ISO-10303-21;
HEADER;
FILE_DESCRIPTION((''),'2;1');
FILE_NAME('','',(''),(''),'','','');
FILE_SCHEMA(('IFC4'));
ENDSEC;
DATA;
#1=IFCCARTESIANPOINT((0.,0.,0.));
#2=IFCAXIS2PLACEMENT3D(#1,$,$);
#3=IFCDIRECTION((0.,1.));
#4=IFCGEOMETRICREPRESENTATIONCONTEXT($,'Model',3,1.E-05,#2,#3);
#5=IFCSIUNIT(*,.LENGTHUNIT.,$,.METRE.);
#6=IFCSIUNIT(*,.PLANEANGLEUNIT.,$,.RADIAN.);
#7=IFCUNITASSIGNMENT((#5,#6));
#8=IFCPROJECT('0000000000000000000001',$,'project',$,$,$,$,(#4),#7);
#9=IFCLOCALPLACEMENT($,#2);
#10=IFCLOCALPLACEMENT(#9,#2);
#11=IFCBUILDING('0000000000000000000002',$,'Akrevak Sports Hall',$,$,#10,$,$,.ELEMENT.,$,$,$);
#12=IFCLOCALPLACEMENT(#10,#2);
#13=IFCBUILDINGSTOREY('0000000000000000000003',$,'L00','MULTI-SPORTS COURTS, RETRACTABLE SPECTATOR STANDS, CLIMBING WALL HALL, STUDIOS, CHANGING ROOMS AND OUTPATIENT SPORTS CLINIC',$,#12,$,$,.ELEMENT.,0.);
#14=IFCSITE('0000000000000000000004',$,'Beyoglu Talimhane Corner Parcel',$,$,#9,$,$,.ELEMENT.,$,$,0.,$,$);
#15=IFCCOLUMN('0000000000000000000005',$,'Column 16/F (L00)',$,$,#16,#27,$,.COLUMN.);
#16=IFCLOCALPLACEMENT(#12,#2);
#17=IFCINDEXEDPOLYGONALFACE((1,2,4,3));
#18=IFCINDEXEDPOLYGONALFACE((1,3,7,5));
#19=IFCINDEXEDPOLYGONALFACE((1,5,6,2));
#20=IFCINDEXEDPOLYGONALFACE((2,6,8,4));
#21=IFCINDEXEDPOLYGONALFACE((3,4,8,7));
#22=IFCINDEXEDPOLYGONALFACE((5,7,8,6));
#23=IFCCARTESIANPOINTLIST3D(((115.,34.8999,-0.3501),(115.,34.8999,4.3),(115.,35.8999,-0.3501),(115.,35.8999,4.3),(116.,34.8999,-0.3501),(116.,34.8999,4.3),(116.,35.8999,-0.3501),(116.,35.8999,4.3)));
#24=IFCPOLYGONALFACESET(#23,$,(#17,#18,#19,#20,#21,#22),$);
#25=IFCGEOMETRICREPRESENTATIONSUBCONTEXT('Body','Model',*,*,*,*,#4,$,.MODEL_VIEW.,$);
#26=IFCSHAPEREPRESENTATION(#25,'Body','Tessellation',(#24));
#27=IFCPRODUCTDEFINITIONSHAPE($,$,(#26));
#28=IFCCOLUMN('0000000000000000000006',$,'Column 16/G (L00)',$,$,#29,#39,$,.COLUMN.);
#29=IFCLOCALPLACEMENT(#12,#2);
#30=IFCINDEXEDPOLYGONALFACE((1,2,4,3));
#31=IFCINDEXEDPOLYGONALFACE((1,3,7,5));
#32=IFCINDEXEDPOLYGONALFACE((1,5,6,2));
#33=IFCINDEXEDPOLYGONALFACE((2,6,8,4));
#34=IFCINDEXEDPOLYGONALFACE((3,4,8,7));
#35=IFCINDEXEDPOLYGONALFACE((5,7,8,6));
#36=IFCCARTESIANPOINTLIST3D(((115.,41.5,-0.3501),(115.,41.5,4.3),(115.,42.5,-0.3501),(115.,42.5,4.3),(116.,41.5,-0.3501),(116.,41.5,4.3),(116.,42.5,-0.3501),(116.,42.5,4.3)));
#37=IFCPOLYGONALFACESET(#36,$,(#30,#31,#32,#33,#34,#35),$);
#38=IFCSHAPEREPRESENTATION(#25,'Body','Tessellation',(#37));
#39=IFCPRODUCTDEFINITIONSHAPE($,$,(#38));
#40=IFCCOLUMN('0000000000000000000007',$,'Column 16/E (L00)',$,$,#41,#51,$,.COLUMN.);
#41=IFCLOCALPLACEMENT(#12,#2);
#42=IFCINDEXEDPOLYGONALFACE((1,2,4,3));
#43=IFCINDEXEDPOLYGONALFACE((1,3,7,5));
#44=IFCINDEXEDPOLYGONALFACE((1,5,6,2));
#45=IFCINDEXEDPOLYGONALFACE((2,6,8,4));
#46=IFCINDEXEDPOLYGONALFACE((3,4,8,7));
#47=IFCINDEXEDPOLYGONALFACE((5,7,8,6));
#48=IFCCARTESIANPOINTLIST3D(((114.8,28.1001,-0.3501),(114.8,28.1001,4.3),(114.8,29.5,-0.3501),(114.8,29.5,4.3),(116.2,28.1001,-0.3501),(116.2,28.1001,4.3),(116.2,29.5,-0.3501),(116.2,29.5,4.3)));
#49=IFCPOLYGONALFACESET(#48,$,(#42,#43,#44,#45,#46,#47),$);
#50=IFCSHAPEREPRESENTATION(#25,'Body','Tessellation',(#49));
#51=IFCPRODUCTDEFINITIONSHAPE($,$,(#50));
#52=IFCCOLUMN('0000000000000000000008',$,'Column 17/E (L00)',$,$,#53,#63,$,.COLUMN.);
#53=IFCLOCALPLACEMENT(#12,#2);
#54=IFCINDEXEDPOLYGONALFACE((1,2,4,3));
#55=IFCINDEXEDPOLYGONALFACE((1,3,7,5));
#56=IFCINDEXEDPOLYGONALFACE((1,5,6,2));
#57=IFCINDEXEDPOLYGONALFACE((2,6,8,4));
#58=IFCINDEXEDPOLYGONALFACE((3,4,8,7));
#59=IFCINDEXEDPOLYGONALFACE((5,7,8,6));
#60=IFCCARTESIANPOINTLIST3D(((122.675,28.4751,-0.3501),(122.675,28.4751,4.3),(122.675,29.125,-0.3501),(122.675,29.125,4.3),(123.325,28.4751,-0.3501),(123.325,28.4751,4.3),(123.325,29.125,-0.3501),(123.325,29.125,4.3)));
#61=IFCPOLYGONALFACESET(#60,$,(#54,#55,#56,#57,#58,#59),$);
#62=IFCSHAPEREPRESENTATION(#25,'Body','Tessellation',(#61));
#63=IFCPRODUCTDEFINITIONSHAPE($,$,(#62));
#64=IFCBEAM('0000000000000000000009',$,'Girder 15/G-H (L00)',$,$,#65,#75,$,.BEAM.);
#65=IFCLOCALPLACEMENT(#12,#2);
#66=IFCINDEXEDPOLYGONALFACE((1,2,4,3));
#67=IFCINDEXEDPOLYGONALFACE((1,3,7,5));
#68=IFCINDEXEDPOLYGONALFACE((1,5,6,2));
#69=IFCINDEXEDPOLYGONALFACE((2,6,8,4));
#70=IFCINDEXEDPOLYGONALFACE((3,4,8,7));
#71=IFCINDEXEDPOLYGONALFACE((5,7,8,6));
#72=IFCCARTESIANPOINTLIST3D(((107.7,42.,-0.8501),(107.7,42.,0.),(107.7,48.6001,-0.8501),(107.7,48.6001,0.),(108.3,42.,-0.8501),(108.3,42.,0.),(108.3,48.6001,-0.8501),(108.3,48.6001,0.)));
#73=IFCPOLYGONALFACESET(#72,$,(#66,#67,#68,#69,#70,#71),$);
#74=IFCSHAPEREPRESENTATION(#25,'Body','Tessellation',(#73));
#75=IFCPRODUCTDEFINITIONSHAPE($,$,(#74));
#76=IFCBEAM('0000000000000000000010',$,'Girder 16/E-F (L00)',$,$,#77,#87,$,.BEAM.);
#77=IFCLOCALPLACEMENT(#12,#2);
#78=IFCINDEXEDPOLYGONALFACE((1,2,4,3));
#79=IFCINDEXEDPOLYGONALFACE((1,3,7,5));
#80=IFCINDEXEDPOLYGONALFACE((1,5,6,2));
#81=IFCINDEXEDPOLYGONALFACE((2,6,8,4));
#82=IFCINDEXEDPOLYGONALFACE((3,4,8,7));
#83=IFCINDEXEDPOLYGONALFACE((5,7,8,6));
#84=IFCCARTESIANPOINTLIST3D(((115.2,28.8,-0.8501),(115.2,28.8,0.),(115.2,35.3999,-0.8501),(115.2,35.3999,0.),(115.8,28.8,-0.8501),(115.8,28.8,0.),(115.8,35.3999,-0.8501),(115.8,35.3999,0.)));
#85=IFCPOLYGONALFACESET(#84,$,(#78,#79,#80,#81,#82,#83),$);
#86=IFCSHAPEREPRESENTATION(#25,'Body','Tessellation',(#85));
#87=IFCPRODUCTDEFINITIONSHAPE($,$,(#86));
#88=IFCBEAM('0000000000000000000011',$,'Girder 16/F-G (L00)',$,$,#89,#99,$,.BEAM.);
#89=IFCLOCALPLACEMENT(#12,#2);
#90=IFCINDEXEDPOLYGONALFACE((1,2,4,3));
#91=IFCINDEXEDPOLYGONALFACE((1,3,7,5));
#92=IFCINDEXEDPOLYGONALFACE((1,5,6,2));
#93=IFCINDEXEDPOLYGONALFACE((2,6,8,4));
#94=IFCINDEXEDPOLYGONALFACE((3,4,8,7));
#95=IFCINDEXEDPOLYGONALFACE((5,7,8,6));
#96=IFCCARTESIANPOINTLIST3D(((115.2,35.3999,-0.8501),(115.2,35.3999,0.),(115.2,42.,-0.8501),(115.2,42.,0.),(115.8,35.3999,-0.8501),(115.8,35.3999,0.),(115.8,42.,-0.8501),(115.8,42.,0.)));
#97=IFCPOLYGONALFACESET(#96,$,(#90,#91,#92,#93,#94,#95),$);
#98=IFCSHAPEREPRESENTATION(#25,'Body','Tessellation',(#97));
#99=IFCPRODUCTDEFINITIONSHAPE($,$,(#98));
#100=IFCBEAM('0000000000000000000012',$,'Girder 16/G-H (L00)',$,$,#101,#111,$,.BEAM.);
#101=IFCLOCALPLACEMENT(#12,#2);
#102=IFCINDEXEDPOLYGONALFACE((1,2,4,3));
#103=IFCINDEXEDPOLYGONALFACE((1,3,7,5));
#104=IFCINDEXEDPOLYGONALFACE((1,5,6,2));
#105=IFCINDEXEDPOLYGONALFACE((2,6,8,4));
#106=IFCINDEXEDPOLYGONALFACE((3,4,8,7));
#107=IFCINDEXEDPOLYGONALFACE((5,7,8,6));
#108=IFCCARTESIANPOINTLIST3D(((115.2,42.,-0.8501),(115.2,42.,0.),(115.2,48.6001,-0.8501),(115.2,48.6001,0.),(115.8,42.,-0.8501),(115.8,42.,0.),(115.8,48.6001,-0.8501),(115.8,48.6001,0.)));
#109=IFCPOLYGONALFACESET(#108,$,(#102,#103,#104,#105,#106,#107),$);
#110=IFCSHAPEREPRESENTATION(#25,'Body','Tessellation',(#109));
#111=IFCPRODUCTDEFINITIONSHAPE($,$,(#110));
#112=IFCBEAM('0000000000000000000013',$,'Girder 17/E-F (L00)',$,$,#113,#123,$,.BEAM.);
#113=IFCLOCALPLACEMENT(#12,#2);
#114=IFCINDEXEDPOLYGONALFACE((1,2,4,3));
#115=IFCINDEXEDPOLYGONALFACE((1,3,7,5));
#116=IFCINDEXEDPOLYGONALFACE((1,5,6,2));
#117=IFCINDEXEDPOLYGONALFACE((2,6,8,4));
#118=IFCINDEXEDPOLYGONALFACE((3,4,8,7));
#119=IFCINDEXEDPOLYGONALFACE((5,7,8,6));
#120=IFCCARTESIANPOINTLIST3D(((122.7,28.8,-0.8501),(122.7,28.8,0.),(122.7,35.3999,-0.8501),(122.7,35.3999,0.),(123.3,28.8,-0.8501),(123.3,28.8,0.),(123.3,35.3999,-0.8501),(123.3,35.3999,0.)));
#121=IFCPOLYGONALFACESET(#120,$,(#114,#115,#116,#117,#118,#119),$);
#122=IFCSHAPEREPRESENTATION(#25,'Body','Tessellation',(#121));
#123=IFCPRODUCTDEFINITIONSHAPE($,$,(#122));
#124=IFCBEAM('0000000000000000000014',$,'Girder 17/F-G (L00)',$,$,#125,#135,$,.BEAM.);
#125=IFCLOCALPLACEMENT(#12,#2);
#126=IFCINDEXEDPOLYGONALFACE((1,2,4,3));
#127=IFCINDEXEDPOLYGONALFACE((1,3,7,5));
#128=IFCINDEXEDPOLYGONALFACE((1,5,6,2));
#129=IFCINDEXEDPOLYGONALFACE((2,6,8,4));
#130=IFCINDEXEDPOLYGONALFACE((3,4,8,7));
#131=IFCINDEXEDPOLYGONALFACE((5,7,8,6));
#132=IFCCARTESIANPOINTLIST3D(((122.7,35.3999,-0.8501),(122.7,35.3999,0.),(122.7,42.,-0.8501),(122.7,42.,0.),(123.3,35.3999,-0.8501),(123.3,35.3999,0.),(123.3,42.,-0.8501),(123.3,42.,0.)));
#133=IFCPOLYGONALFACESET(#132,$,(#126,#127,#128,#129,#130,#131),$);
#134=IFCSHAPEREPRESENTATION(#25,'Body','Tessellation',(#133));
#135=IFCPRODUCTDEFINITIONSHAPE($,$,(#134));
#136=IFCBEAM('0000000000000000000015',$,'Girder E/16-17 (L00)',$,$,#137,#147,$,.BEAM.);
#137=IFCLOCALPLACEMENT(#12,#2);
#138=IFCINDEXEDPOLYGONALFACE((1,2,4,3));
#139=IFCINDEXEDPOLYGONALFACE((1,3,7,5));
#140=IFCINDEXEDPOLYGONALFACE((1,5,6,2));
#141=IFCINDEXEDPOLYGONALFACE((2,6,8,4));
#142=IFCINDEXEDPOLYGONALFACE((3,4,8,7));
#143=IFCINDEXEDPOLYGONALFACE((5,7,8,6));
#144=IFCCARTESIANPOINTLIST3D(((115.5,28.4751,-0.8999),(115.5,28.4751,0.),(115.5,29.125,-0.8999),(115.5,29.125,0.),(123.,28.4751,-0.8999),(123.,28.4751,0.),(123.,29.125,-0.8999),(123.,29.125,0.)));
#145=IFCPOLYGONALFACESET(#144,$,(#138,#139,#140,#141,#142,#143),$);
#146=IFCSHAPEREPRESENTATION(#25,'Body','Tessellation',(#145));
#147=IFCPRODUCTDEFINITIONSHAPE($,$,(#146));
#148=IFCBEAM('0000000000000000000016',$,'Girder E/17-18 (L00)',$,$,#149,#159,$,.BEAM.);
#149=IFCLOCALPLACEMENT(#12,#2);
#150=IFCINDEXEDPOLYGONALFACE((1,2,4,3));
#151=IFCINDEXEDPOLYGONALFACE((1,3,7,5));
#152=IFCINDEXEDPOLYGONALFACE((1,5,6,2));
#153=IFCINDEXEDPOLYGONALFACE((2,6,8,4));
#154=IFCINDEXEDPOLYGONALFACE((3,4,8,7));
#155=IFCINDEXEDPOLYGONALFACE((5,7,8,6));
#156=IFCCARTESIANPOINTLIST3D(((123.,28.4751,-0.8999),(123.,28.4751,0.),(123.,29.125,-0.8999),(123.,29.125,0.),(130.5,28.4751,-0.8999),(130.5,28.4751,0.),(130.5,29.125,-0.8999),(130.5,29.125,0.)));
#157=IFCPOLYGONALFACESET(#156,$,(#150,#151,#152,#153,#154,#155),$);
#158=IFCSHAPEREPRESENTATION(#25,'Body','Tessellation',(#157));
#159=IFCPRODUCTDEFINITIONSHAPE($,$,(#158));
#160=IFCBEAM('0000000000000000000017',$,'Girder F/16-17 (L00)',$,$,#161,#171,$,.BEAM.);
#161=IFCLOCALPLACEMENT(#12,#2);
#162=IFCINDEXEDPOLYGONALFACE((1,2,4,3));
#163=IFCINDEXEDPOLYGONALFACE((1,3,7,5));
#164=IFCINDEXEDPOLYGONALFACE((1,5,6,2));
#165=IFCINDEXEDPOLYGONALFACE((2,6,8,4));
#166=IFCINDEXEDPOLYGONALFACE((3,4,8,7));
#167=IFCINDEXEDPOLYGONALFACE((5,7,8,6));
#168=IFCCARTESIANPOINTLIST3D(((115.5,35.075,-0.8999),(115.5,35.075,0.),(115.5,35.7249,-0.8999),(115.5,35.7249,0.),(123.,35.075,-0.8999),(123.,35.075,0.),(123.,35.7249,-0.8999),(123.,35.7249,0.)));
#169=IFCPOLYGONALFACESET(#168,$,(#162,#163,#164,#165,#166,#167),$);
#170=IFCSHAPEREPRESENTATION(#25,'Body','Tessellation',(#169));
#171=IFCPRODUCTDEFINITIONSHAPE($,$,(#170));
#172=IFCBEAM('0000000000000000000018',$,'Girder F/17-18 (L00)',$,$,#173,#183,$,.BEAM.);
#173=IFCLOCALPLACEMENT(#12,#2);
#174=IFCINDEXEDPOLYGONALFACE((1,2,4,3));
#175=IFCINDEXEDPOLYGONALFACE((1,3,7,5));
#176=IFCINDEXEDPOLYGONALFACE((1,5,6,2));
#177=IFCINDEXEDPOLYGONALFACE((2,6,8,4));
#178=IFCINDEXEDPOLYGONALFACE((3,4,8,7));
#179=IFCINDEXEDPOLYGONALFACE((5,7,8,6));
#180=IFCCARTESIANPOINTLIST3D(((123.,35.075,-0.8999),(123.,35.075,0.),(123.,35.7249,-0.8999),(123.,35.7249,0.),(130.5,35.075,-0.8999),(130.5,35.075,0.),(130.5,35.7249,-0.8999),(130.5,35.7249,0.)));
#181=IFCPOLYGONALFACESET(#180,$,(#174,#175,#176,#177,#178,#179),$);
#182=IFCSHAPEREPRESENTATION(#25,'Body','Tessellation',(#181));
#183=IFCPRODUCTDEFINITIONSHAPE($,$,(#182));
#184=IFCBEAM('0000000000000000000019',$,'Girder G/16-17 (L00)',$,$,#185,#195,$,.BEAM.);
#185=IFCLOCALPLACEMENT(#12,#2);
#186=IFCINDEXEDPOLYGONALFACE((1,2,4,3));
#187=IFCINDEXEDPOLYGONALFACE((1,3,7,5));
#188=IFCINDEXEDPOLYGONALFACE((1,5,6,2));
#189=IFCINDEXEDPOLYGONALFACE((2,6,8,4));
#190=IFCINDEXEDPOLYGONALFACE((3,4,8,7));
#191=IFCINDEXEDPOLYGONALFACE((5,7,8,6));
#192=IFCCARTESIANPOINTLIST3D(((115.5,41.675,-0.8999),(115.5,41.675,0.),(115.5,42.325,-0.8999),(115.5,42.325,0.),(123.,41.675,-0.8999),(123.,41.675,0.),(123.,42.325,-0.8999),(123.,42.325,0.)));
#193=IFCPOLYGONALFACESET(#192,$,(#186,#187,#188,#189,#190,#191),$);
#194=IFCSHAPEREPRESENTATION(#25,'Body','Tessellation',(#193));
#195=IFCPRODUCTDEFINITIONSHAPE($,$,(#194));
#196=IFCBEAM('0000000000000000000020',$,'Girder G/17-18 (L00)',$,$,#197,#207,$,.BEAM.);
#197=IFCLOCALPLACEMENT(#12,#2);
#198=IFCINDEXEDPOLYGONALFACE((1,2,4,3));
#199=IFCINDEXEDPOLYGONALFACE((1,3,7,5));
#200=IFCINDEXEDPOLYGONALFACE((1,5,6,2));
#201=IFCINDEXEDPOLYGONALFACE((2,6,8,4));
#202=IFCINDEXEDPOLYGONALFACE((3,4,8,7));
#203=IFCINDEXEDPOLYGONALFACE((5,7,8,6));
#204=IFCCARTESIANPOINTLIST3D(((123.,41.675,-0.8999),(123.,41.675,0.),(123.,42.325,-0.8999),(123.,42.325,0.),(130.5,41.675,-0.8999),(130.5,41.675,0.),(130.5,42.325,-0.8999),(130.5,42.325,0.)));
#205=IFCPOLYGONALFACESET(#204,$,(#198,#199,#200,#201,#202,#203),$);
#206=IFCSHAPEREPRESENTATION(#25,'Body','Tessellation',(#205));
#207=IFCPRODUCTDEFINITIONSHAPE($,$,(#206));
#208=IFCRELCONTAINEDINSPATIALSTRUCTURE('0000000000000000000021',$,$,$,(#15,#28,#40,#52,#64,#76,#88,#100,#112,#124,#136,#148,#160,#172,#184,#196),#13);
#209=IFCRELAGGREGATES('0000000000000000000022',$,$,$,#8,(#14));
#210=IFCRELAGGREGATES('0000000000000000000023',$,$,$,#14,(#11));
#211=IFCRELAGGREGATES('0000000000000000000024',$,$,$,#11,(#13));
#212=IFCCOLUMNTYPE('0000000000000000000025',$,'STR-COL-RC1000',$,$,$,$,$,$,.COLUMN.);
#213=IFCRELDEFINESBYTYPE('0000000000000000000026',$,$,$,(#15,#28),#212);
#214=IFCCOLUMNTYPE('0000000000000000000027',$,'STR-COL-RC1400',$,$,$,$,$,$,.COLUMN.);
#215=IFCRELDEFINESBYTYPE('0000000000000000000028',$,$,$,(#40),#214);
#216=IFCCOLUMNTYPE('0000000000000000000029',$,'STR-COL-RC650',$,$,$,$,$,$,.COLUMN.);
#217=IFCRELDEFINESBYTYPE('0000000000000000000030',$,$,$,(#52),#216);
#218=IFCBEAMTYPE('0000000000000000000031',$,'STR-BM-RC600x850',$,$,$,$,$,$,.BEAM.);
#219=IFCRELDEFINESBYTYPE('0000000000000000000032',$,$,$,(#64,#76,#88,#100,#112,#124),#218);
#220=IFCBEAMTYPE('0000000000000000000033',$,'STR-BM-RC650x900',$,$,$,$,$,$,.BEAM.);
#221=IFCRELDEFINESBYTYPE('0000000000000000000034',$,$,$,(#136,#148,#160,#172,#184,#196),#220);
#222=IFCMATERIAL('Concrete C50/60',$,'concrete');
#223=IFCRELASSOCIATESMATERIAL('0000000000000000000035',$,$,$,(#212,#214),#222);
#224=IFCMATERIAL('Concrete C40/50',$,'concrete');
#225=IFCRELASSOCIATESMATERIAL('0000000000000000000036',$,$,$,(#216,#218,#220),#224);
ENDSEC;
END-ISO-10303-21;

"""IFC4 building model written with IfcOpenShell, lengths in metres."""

from ifc_helpers import new_model, si_unit, direction, frame, origin, origin_2d, place, context, subcontext, project, spatial, rectangle, extrude, material, material_profile, profile_set, type_object, element, save


model = new_model("IFC4")

# Units and contexts
model_context = context("Model", 3, precision=1e-05, world=origin(), true_north=direction((0.0, 1.0)))
body_context = subcontext(model_context, "Body", "Model", "MODEL_VIEW")
ifc_project = project(units=[si_unit("LENGTHUNIT", "METRE"), si_unit("PLANEANGLEUNIT", "RADIAN")], contexts=[model_context])

# Site, building, storey
site_placement = place(None, origin())
site = spatial("IfcSite", under=ifc_project, at=site_placement, Name="Beyoglu Talimhane Corner Parcel", CompositionType="ELEMENT", RefElevation=0.0)
building_placement = place(site_placement, origin())
building = spatial("IfcBuilding", under=site, at=building_placement, Name="Akrevak Sports Hall", CompositionType="ELEMENT")
storey_placement = place(building_placement, origin())
storey = spatial("IfcBuildingStorey", under=building, at=storey_placement, Name="L00", Description="MULTI-SPORTS COURTS, RETRACTABLE SPECTATOR STANDS, CLIMBING WALL HALL, STUDIOS, CHANGING ROOMS AND OUTPATIENT SPORTS CLINIC", CompositionType="ELEMENT", Elevation=0.0)

# Columns
ifc_material_1 = material(Name="Concrete C50/60", Category="concrete")
ifc_material_profile_1 = material_profile(ifc_material_1, rectangle(XDim=1.0, YDim=1.0, at=origin_2d()), Name="RC 1000x1000", Category="concrete")
ifc_profile_set_1 = profile_set([ifc_material_profile_1], Name="Concrete C50/60")
column_type_1 = type_object("IfcColumnType", Name="STR-COL-RC1000", PredefinedType="COLUMN", material=ifc_profile_set_1)
for number, where, z_axis, x_axis, name in (
    (1, (115.5, 35.3999, -0.3501), (0.0, 0.0, 1.0), (1.0, 0.0, 0.0), "Column 16/F (L00)"),
    (2, (115.5, 42.0, -0.3501), (0.0, 0.0, 1.0), (1.0, 0.0, 0.0), "Column 16/G (L00)"),
):
    element("IfcColumn", number, at=place(storey_placement, frame(where, z_axis=z_axis, x_axis=x_axis)), inside=storey, type_object=column_type_1, Name=name, PredefinedType="COLUMN", context=body_context, shape_type="SweptSolid", body=[
        extrude(rectangle(XDim=1.0, YDim=1.0, at=origin_2d()), origin(), (0.0, 0.0, 1.0), 4.6501),
    ])
ifc_material_profile_2 = material_profile(ifc_material_1, rectangle(XDim=1.3999, YDim=1.3999, at=origin_2d()), Name="RC 1400x1400", Category="concrete")
ifc_profile_set_2 = profile_set([ifc_material_profile_2], Name="Concrete C50/60")
column_type_2 = type_object("IfcColumnType", Name="STR-COL-RC1400", PredefinedType="COLUMN", material=ifc_profile_set_2)
column_1_placement = place(storey_placement, frame((115.5, 28.8, -0.3501), z_axis=(0.0, 0.0, 1.0), x_axis=(1.0, 0.0, 0.0)))
element("IfcColumn", 3, at=column_1_placement, inside=storey, type_object=column_type_2, Name="Column 16/E (L00)", PredefinedType="COLUMN", context=body_context, shape_type="SweptSolid", body=[
    extrude(rectangle(XDim=1.3999, YDim=1.3999, at=origin_2d()), origin(), (0.0, 0.0, 1.0), 4.6501),
])
ifc_material_2 = material(Name="Concrete C40/50", Category="concrete")
ifc_material_profile_3 = material_profile(ifc_material_2, rectangle(XDim=0.6499, YDim=0.6499, at=origin_2d()), Name="RC 650x650", Category="concrete")
ifc_profile_set_3 = profile_set([ifc_material_profile_3], Name="Concrete C40/50")
column_type_3 = type_object("IfcColumnType", Name="STR-COL-RC650", PredefinedType="COLUMN", material=ifc_profile_set_3)
column_2_placement = place(storey_placement, frame((123.0, 28.8, -0.3501), z_axis=(0.0, 0.0, 1.0), x_axis=(1.0, 0.0, 0.0)))
element("IfcColumn", 4, at=column_2_placement, inside=storey, type_object=column_type_3, Name="Column 17/E (L00)", PredefinedType="COLUMN", context=body_context, shape_type="SweptSolid", body=[
    extrude(rectangle(XDim=0.6499, YDim=0.6499, at=origin_2d()), origin(), (0.0, 0.0, 1.0), 4.6501),
])

# Beams
ifc_material_profile_4 = material_profile(ifc_material_2, rectangle(XDim=0.6001, YDim=0.8501, at=origin_2d()), Name="BM 600x850", Category="concrete")
ifc_profile_set_4 = profile_set([ifc_material_profile_4], Name="Concrete C40/50")
beam_type_1 = type_object("IfcBeamType", Name="STR-BM-RC600x850", PredefinedType="BEAM", material=ifc_profile_set_4)
beam_1_placement = place(storey_placement, frame((108.0, 42.0, -0.425), z_axis=(0.0, 1.0, 0.0), x_axis=(-1.0, 0.0, 0.0)))
element("IfcBeam", 5, at=beam_1_placement, inside=storey, type_object=beam_type_1, Name="Girder 15/G-H (L00)", PredefinedType="BEAM", context=body_context, shape_type="SweptSolid", body=[
    extrude(rectangle(XDim=0.6001, YDim=0.8501, at=origin_2d()), origin(), (0.0, 0.0, 1.0), 6.6001),
])
beam_2_placement = place(storey_placement, frame((115.5, 28.8, -0.425), z_axis=(0.0, 1.0, 0.0), x_axis=(-1.0, 0.0, 0.0)))
element("IfcBeam", 6, at=beam_2_placement, inside=storey, type_object=beam_type_1, Name="Girder 16/E-F (L00)", PredefinedType="BEAM", context=body_context, shape_type="SweptSolid", body=[
    extrude(rectangle(XDim=0.6001, YDim=0.8501, at=origin_2d()), origin(), (0.0, 0.0, 1.0), 6.5999),
])
for number, where, z_axis, x_axis, name in (
    (7, (115.5, 35.3999, -0.425), (0.0, 1.0, 0.0), (-1.0, 0.0, 0.0), "Girder 16/F-G (L00)"),
    (8, (115.5, 42.0, -0.425), (0.0, 1.0, 0.0), (-1.0, 0.0, 0.0), "Girder 16/G-H (L00)"),
):
    element("IfcBeam", number, at=place(storey_placement, frame(where, z_axis=z_axis, x_axis=x_axis)), inside=storey, type_object=beam_type_1, Name=name, PredefinedType="BEAM", context=body_context, shape_type="SweptSolid", body=[
        extrude(rectangle(XDim=0.6001, YDim=0.8501, at=origin_2d()), origin(), (0.0, 0.0, 1.0), 6.6001),
    ])
beam_3_placement = place(storey_placement, frame((123.0, 28.8, -0.425), z_axis=(0.0, 1.0, 0.0), x_axis=(-1.0, 0.0, 0.0)))
element("IfcBeam", 9, at=beam_3_placement, inside=storey, type_object=beam_type_1, Name="Girder 17/E-F (L00)", PredefinedType="BEAM", context=body_context, shape_type="SweptSolid", body=[
    extrude(rectangle(XDim=0.6001, YDim=0.8501, at=origin_2d()), origin(), (0.0, 0.0, 1.0), 6.5999),
])
beam_4_placement = place(storey_placement, frame((123.0, 35.3999, -0.425), z_axis=(0.0, 1.0, 0.0), x_axis=(-1.0, 0.0, 0.0)))
element("IfcBeam", 10, at=beam_4_placement, inside=storey, type_object=beam_type_1, Name="Girder 17/F-G (L00)", PredefinedType="BEAM", context=body_context, shape_type="SweptSolid", body=[
    extrude(rectangle(XDim=0.6001, YDim=0.8501, at=origin_2d()), origin(), (0.0, 0.0, 1.0), 6.6001),
])
ifc_material_profile_5 = material_profile(ifc_material_2, rectangle(XDim=0.6499, YDim=0.8999, at=origin_2d()), Name="BM 650x900", Category="concrete")
ifc_profile_set_5 = profile_set([ifc_material_profile_5], Name="Concrete C40/50")
beam_type_2 = type_object("IfcBeamType", Name="STR-BM-RC650x900", PredefinedType="BEAM", material=ifc_profile_set_5)
for number, where, z_axis, x_axis, name in (
    (11, (115.5, 28.8, -0.45), (1.0, 0.0, 0.0), (0.0, 1.0, 0.0), "Girder E/16-17 (L00)"),
    (12, (123.0, 28.8, -0.45), (1.0, 0.0, 0.0), (0.0, 1.0, 0.0), "Girder E/17-18 (L00)"),
    (13, (115.5, 35.3999, -0.45), (1.0, 0.0, 0.0), (0.0, 1.0, 0.0), "Girder F/16-17 (L00)"),
    (14, (123.0, 35.3999, -0.45), (1.0, 0.0, 0.0), (0.0, 1.0, 0.0), "Girder F/17-18 (L00)"),
    (15, (115.5, 42.0, -0.45), (1.0, 0.0, 0.0), (0.0, 1.0, 0.0), "Girder G/16-17 (L00)"),
    (16, (123.0, 42.0, -0.45), (1.0, 0.0, 0.0), (0.0, 1.0, 0.0), "Girder G/17-18 (L00)"),
):
    element("IfcBeam", number, at=place(storey_placement, frame(where, z_axis=z_axis, x_axis=x_axis)), inside=storey, type_object=beam_type_2, Name=name, PredefinedType="BEAM", context=body_context, shape_type="SweptSolid", body=[
        extrude(rectangle(XDim=0.6499, YDim=0.8999, at=origin_2d()), origin(), (0.0, 0.0, 1.0), 7.5),
    ])

save(model, "model.ifc")
